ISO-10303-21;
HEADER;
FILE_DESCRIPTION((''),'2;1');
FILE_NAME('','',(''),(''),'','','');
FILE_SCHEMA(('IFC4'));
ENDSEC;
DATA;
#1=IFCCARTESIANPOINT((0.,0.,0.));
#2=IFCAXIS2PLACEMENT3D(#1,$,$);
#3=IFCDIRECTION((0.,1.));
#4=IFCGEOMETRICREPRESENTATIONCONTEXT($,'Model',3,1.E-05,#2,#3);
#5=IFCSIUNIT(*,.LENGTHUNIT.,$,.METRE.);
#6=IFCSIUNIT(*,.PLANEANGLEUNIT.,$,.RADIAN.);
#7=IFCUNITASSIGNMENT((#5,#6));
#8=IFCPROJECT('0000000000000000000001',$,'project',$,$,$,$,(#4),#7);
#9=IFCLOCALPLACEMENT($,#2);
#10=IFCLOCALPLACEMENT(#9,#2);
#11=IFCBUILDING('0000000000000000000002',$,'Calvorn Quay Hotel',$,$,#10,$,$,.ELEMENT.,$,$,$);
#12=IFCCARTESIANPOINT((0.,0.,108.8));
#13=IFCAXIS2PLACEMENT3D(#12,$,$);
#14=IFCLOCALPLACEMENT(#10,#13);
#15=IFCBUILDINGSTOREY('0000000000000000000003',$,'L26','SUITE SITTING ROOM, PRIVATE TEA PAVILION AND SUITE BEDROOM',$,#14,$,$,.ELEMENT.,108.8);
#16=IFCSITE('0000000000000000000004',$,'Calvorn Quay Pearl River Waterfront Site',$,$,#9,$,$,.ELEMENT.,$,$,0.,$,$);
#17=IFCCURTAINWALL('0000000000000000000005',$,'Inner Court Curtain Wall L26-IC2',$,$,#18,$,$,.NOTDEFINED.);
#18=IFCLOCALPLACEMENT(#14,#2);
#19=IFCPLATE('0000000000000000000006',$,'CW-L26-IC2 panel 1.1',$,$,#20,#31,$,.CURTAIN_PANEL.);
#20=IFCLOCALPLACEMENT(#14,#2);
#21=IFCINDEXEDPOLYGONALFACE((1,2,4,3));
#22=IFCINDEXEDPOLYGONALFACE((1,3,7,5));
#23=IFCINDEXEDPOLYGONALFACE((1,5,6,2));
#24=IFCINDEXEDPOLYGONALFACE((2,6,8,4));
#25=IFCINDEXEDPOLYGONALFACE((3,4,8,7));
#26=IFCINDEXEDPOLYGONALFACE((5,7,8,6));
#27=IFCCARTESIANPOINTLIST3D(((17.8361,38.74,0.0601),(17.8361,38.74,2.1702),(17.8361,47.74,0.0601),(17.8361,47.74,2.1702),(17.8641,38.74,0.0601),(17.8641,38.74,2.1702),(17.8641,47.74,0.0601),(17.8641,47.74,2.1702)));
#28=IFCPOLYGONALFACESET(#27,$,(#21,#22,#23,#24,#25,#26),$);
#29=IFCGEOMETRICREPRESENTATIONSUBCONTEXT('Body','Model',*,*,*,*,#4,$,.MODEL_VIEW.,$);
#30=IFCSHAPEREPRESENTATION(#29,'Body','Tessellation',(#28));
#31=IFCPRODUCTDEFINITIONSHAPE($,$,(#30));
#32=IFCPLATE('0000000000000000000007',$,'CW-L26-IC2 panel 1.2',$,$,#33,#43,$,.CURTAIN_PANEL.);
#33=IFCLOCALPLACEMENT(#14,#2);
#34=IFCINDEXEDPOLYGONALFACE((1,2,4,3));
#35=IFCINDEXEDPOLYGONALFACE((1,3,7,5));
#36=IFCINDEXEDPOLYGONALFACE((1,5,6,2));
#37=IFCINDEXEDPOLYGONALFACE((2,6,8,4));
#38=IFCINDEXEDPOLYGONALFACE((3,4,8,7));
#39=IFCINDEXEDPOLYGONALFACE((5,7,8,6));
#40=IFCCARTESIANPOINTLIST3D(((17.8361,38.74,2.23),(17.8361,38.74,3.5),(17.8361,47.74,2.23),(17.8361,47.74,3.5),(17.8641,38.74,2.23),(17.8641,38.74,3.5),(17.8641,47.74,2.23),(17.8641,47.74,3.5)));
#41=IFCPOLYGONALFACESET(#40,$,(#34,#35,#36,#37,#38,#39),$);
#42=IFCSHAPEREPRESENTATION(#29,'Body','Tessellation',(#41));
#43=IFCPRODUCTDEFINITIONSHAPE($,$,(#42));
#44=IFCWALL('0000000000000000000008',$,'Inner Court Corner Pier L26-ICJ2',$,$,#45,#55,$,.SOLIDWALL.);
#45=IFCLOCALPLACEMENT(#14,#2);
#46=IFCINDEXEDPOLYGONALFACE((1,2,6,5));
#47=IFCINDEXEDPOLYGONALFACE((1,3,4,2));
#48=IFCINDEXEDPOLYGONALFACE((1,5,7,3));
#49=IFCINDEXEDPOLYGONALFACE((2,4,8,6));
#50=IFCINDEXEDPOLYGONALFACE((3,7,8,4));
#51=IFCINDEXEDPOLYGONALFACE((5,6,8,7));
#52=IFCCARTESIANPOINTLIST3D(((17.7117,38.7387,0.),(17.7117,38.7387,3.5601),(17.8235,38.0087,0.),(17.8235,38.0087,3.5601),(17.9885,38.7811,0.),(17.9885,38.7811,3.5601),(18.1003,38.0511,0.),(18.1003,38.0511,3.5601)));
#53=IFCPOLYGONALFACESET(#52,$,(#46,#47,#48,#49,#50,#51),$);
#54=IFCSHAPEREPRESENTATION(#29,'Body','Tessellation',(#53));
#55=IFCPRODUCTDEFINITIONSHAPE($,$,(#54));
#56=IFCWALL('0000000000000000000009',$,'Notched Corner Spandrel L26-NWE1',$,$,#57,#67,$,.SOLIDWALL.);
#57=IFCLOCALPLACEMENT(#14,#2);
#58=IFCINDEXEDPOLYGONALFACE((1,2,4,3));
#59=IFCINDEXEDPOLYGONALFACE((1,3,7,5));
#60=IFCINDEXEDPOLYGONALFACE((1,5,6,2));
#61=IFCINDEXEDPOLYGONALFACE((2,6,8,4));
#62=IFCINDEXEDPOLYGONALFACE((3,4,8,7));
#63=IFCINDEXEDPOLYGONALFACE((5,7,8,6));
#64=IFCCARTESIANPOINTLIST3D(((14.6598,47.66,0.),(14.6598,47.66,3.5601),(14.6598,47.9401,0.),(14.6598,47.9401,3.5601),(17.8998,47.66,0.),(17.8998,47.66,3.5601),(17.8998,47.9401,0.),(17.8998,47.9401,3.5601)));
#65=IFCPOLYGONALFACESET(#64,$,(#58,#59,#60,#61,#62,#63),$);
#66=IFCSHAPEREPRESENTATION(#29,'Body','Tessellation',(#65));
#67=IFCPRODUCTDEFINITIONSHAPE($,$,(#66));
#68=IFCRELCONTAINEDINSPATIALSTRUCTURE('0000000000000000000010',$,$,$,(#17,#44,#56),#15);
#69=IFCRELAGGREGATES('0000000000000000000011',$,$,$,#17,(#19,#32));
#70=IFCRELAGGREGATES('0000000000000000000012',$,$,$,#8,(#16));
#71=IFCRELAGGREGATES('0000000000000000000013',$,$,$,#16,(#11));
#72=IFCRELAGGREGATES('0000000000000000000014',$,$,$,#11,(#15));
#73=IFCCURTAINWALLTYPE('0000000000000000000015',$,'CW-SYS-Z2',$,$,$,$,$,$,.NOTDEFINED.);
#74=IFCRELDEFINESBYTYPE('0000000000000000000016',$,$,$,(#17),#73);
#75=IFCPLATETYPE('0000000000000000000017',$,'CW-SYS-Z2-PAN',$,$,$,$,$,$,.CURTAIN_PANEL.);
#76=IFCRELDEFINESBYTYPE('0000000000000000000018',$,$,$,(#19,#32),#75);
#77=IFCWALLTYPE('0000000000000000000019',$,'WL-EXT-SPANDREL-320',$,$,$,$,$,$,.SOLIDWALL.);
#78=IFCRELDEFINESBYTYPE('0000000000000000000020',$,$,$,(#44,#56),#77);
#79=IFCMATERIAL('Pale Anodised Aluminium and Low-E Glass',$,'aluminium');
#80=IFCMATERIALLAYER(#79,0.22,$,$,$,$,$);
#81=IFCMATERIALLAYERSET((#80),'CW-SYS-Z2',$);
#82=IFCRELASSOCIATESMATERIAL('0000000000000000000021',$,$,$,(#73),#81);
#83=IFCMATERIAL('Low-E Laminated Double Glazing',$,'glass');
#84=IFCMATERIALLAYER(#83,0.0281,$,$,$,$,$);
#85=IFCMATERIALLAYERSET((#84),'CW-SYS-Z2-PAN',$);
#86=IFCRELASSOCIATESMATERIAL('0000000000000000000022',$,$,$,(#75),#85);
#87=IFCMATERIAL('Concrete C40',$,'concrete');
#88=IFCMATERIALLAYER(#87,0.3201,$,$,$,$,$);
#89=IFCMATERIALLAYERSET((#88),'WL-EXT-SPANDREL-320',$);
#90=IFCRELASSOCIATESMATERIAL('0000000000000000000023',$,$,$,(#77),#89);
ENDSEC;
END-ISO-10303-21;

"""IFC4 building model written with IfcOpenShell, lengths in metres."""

from ifc_helpers import new_model, si_unit, direction, frame, frame_2d, origin, origin_2d, place, context, subcontext, project, spatial, rectangle, extrude, material, layer, layer_set, type_object, element, aggregate, save


model = new_model("IFC4")

# Units and contexts
model_context = context("Model", 3, precision=1e-05, world=origin(), true_north=direction((0.0, 1.0)))
body_context = subcontext(model_context, "Body", "Model", "MODEL_VIEW")
ifc_project = project(units=[si_unit("LENGTHUNIT", "METRE"), si_unit("PLANEANGLEUNIT", "RADIAN")], contexts=[model_context])

# Site, building, storey
site_placement = place(None, origin())
site = spatial("IfcSite", under=ifc_project, at=site_placement, Name="Calvorn Quay Pearl River Waterfront Site", CompositionType="ELEMENT", RefElevation=0.0)
building_placement = place(site_placement, origin())
building = spatial("IfcBuilding", under=site, at=building_placement, Name="Calvorn Quay Hotel", CompositionType="ELEMENT")
storey_placement = place(building_placement, frame((0.0, 0.0, 108.8)))
storey = spatial("IfcBuildingStorey", under=building, at=storey_placement, Name="L26", Description="SUITE SITTING ROOM, PRIVATE TEA PAVILION AND SUITE BEDROOM", CompositionType="ELEMENT", Elevation=108.8)

# Shared definitions
ifc_material_1 = material(Name="Pale Anodised Aluminium and Low-E Glass", Category="aluminium")
ifc_layer_1 = layer(ifc_material_1, 0.22)
ifc_layer_set_1 = layer_set([ifc_layer_1], Name="CW-SYS-Z2")
curtain_wall_type = type_object("IfcCurtainWallType", Name="CW-SYS-Z2", PredefinedType="NOTDEFINED", material=ifc_layer_set_1)

# Curtain wall
curtain_wall_1_placement = place(storey_placement, origin())
curtain_wall_1 = element("IfcCurtainWall", 1, at=curtain_wall_1_placement, inside=storey, type_object=curtain_wall_type, Name="Inner Court Curtain Wall L26-IC2", PredefinedType="NOTDEFINED")

# Plates
ifc_material_2 = material(Name="Low-E Laminated Double Glazing", Category="glass")
ifc_layer_2 = layer(ifc_material_2, 0.0281)
ifc_layer_set_2 = layer_set([ifc_layer_2], Name="CW-SYS-Z2-PAN")
plate_type = type_object("IfcPlateType", Name="CW-SYS-Z2-PAN", PredefinedType="CURTAIN_PANEL", material=ifc_layer_set_2)
plate_1_placement = place(storey_placement, frame((17.8501, 43.24, 0.0601), z_axis=(0.0, 0.0, 1.0), x_axis=(0.0, 1.0, 0.0)))
plate_1 = element("IfcPlate", 2, at=plate_1_placement, type_object=plate_type, Name="CW-L26-IC2 panel 1.1", PredefinedType="CURTAIN_PANEL", context=body_context, shape_type="SweptSolid", body=[
    extrude(rectangle(XDim=9.0, YDim=0.0281, at=origin_2d()), origin(), (0.0, 0.0, 1.0), 2.1101),
])
plate_2_placement = place(storey_placement, frame((17.8501, 43.24, 2.23), z_axis=(0.0, 0.0, 1.0), x_axis=(0.0, 1.0, 0.0)))
plate_2 = element("IfcPlate", 3, at=plate_2_placement, type_object=plate_type, Name="CW-L26-IC2 panel 1.2", PredefinedType="CURTAIN_PANEL", context=body_context, shape_type="SweptSolid", body=[
    extrude(rectangle(XDim=9.0, YDim=0.0281, at=origin_2d()), origin(), (0.0, 0.0, 1.0), 1.27),
])
aggregate(curtain_wall_1, [plate_1, plate_2])

# Walls
ifc_material_3 = material(Name="Concrete C40", Category="concrete")
ifc_layer_3 = layer(ifc_material_3, 0.3201)
ifc_layer_set_3 = layer_set([ifc_layer_3], Name="WL-EXT-SPANDREL-320")
wall_type = type_object("IfcWallType", Name="WL-EXT-SPANDREL-320", PredefinedType="SOLIDWALL", material=ifc_layer_set_3)
wall_1_placement = place(storey_placement, frame((17.9619, 38.03, 0.0), z_axis=(0.0, 0.0, 1.0), x_axis=(-0.151411, 0.988471, 0.0)))
element("IfcWall", 4, at=wall_1_placement, inside=storey, type_object=wall_type, Name="Inner Court Corner Pier L26-ICJ2", PredefinedType="SOLIDWALL", context=body_context, shape_type="SweptSolid", body=[
    extrude(rectangle(XDim=0.7385, YDim=0.28, at=frame_2d((0.3691, 0.0))), origin(), (0.0, 0.0, 1.0), 3.5601),
])
wall_2_placement = place(storey_placement, frame((17.8999, 47.8, 0.0), z_axis=(0.0, 0.0, 1.0), x_axis=(-1.0, 0.0, 0.0)))
element("IfcWall", 5, at=wall_2_placement, inside=storey, type_object=wall_type, Name="Notched Corner Spandrel L26-NWE1", PredefinedType="SOLIDWALL", context=body_context, shape_type="SweptSolid", body=[
    extrude(rectangle(XDim=3.24, YDim=0.28, at=frame_2d((1.6201, 0.0))), origin(), (0.0, 0.0, 1.0), 3.5601),
])

save(model, "model.ifc")
